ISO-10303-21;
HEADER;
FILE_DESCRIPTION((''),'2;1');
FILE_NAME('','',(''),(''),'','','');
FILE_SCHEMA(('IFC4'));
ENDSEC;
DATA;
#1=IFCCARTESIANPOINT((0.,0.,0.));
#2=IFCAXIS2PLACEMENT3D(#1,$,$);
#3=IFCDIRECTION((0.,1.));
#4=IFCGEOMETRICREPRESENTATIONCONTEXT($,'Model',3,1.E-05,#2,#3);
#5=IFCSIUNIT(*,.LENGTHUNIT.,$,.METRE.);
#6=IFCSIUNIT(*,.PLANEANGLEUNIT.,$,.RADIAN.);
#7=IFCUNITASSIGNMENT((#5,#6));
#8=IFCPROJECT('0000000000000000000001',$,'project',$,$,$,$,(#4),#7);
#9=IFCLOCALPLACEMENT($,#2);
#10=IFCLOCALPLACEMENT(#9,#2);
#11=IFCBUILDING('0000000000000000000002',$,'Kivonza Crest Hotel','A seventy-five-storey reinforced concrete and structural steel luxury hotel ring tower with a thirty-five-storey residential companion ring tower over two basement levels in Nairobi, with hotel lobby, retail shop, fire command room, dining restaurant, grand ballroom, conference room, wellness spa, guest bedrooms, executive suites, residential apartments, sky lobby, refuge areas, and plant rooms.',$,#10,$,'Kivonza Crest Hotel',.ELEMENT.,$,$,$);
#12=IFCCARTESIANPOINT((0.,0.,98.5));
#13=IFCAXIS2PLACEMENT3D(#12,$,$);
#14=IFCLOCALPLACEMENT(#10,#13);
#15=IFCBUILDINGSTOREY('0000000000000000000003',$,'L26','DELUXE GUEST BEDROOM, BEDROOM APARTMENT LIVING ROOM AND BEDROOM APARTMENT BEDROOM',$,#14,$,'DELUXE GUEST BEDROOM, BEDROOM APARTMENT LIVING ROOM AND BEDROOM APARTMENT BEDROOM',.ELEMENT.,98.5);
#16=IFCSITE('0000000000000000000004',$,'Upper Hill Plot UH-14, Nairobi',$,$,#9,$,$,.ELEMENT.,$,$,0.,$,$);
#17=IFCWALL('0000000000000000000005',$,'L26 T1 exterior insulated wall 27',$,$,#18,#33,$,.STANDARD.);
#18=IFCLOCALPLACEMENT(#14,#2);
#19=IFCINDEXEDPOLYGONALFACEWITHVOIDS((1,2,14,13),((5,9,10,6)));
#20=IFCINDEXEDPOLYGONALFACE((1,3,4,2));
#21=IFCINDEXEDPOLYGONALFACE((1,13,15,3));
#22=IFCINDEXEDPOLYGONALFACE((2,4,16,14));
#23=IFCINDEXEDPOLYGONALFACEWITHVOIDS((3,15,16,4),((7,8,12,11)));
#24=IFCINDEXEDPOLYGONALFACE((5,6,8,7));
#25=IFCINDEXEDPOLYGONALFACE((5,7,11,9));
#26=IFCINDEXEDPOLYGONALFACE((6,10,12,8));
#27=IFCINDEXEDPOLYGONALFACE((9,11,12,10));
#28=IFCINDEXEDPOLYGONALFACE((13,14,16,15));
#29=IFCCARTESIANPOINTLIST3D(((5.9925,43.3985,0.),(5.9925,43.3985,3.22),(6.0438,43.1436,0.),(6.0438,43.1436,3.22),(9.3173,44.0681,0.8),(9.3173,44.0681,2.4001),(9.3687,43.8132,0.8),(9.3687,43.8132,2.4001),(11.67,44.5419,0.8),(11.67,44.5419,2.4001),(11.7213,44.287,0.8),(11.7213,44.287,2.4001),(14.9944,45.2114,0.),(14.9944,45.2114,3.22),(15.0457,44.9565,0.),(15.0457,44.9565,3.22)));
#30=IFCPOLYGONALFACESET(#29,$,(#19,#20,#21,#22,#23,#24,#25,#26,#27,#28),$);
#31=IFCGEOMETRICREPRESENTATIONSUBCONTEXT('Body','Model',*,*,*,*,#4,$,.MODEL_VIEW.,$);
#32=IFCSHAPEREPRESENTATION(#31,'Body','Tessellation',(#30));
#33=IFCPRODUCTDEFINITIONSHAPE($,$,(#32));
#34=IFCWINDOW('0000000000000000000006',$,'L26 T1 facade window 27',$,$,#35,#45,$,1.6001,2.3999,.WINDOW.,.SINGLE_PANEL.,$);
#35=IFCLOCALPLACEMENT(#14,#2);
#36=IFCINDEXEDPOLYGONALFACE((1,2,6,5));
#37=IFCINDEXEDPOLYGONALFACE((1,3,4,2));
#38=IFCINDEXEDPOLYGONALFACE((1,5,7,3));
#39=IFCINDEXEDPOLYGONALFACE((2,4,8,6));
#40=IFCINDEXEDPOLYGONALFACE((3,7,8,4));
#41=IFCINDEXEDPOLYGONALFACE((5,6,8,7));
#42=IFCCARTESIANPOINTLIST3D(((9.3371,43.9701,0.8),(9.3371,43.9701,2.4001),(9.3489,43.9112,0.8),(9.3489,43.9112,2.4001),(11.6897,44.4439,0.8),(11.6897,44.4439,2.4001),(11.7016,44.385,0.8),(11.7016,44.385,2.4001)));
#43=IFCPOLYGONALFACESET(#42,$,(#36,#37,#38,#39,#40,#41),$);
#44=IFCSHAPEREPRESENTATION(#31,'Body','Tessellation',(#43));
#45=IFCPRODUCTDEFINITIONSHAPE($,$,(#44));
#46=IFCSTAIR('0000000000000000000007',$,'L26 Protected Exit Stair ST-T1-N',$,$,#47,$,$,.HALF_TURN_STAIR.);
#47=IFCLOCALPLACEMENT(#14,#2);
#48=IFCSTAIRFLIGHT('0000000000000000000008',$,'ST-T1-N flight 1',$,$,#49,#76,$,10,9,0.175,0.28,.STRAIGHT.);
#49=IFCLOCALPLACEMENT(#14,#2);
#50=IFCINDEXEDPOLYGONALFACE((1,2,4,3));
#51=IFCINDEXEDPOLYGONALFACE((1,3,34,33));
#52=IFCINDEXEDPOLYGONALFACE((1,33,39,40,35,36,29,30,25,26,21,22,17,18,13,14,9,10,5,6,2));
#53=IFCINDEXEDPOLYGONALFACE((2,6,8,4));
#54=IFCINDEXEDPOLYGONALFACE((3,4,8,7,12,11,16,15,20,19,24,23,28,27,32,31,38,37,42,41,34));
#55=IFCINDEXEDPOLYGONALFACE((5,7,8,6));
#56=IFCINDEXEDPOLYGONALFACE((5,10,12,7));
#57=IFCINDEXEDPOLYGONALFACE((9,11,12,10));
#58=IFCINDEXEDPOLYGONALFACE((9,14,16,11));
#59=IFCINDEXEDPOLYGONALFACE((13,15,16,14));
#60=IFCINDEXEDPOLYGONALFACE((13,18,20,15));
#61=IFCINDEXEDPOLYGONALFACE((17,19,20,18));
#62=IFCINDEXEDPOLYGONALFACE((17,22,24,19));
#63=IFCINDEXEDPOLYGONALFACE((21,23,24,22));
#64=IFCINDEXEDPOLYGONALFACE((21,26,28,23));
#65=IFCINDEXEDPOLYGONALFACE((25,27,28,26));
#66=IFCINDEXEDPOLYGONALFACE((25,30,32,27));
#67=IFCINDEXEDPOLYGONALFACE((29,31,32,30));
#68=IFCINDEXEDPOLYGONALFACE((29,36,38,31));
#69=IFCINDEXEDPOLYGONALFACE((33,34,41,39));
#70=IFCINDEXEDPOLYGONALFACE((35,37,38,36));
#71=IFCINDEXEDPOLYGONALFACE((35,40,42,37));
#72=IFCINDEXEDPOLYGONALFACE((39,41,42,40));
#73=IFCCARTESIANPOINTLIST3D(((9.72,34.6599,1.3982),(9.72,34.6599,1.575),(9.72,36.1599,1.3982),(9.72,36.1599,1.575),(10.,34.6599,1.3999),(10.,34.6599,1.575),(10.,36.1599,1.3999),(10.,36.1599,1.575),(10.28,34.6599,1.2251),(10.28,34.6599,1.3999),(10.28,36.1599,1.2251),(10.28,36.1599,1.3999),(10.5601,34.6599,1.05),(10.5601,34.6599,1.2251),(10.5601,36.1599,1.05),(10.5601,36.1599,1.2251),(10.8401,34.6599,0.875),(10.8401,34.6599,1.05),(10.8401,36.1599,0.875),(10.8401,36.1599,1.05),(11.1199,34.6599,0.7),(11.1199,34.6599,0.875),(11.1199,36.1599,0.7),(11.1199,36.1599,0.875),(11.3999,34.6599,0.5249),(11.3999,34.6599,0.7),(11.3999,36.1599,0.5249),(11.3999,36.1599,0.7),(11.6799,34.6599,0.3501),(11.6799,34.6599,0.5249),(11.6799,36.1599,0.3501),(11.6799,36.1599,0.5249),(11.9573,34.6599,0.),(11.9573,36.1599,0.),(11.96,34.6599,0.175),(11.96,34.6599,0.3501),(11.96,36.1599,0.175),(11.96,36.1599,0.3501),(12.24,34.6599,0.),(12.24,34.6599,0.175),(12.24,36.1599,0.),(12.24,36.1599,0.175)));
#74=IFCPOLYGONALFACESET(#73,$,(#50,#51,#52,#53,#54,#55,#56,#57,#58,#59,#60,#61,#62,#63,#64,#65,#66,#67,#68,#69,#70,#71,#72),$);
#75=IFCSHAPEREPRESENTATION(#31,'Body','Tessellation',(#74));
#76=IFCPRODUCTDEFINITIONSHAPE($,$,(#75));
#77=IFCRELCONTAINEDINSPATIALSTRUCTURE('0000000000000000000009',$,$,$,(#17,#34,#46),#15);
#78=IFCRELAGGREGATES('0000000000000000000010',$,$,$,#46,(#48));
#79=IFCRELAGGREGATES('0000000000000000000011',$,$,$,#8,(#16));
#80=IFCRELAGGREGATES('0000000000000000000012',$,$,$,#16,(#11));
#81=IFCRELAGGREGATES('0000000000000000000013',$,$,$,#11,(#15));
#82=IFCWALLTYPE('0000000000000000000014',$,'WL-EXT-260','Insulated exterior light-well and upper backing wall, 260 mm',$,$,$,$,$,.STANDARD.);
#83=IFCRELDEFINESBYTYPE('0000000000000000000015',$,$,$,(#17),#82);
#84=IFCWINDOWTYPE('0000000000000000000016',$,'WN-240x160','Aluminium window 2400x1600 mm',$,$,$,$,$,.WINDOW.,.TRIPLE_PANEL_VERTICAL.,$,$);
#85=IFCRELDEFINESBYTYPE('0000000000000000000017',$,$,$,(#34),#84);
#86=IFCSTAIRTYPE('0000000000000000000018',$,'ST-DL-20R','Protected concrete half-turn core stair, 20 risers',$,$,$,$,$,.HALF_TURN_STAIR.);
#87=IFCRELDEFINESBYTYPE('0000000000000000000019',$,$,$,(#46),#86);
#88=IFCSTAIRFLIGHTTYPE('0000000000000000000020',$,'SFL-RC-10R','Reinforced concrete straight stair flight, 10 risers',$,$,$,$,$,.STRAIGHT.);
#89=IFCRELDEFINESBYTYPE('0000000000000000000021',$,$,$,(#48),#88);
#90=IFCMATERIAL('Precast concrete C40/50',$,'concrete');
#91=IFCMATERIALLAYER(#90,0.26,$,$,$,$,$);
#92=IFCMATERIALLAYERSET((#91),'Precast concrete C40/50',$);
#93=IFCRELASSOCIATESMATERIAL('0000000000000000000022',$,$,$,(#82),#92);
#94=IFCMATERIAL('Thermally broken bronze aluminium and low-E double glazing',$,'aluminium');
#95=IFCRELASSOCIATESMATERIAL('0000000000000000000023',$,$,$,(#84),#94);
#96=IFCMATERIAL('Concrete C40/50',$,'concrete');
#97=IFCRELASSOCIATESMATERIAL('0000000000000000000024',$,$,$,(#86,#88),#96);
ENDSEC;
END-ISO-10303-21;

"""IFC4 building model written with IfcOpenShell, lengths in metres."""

from ifc_helpers import new_model, si_unit, direction, frame, frame_2d, origin, place, context, subcontext, project, spatial, polyline, rectangle, outline, extrude, material, layer, layer_set, type_object, element, fill, aggregate, save


model = new_model("IFC4")

# Units and contexts
model_context = context("Model", 3, precision=1e-05, world=origin(), true_north=direction((0.0, 1.0)))
body_context = subcontext(model_context, "Body", "Model", "MODEL_VIEW")
ifc_project = project(units=[si_unit("LENGTHUNIT", "METRE"), si_unit("PLANEANGLEUNIT", "RADIAN")], contexts=[model_context])

# Site, building, storey
site_placement = place(None, origin())
site = spatial("IfcSite", under=ifc_project, at=site_placement, Name="Upper Hill Plot UH-14, Nairobi", CompositionType="ELEMENT", RefElevation=0.0)
building_placement = place(site_placement, origin())
building = spatial("IfcBuilding", under=site, at=building_placement, Name="Kivonza Crest Hotel", Description="A seventy-five-storey reinforced concrete and structural steel luxury hotel ring tower with a thirty-five-storey residential companion ring tower over two basement levels in Nairobi, with hotel lobby, retail shop, fire command room, dining restaurant, grand ballroom, conference room, wellness spa, guest bedrooms, executive suites, residential apartments, sky lobby, refuge areas, and plant rooms.", LongName="Kivonza Crest Hotel", CompositionType="ELEMENT")
storey_placement = place(building_placement, frame((0.0, 0.0, 98.5)))
storey = spatial("IfcBuildingStorey", under=building, at=storey_placement, Name="L26", Description="DELUXE GUEST BEDROOM, BEDROOM APARTMENT LIVING ROOM AND BEDROOM APARTMENT BEDROOM", LongName="DELUXE GUEST BEDROOM, BEDROOM APARTMENT LIVING ROOM AND BEDROOM APARTMENT BEDROOM", CompositionType="ELEMENT", Elevation=98.5)

# Wall, opening, window
ifc_material_1 = material(Name="Precast concrete C40/50", Category="concrete")
ifc_layer_1 = layer(ifc_material_1, 0.26)
ifc_layer_set_1 = layer_set([ifc_layer_1], Name="Precast concrete C40/50")
wall_type_1 = type_object("IfcWallType", Name="WL-EXT-260", Description="Insulated exterior light-well and upper backing wall, 260 mm", PredefinedType="STANDARD", material=ifc_layer_set_1)
wall_1_placement = place(storey_placement, frame((15.02, 45.084, 0.0), z_axis=(0.0, 0.0, 1.0), x_axis=(-0.980316, -0.197435, 0.0)))
wall_1 = element("IfcWall", 1, at=wall_1_placement, inside=storey, type_object=wall_type_1, Name="L26 T1 exterior insulated wall 27", PredefinedType="STANDARD", context=body_context, shape_type="SweptSolid", body=[
    extrude(rectangle(XDim=9.1826, YDim=0.26, at=frame_2d((4.5913, 0.0))), origin(), (0.0, 0.0, 1.0), 3.22),
])
opening_1_placement = place(wall_1_placement, frame((3.3911, 0.0, 0.8)))
opening_1 = element("IfcOpeningElement", 2, at=opening_1_placement, cuts=wall_1, PredefinedType="OPENING", context=body_context, shape_type="SweptSolid", body=[
    extrude(rectangle(XDim=2.3999, YDim=1.6001, at=frame_2d((1.2, 0.8))), frame((0.0, 0.1401, 0.0), z_axis=(0.0, -1.0, 0.0), x_axis=(1.0, 0.0, 0.0)), (0.0, 0.0, 1.0), 0.28),
])
ifc_material_2 = material(Name="Thermally broken bronze aluminium and low-E double glazing", Category="aluminium")
window_type = type_object("IfcWindowType", Name="WN-240x160", Description="Aluminium window 2400x1600 mm", PartitioningType="TRIPLE_PANEL_VERTICAL", PredefinedType="WINDOW", material=ifc_material_2)
window_placement = place(opening_1_placement, origin())
window = element("IfcWindow", 3, at=window_placement, inside=storey, type_object=window_type, Name="L26 T1 facade window 27", OverallHeight=1.6001, OverallWidth=2.3999, PartitioningType="SINGLE_PANEL", PredefinedType="WINDOW", context=body_context, shape_type="SweptSolid", body=[
    extrude(rectangle(XDim=2.3999, YDim=1.6001, at=frame_2d((1.2, 0.8))), frame((0.0, 0.03, 0.0), z_axis=(0.0, -1.0, 0.0), x_axis=(1.0, 0.0, 0.0)), (0.0, 0.0, 1.0), 0.0601),
])
fill(opening_1, window)

# Stair, stair flight
ifc_material_3 = material(Name="Concrete C40/50", Category="concrete")
stair_type = type_object("IfcStairType", Name="ST-DL-20R", Description="Protected concrete half-turn core stair, 20 risers", PredefinedType="HALF_TURN_STAIR", material=ifc_material_3)
stair_placement = place(storey_placement, origin())
stair = element("IfcStair", 4, at=stair_placement, inside=storey, type_object=stair_type, Name="L26 Protected Exit Stair ST-T1-N", PredefinedType="HALF_TURN_STAIR")
stair_flight_type = type_object("IfcStairFlightType", Name="SFL-RC-10R", Description="Reinforced concrete straight stair flight, 10 risers", PredefinedType="STRAIGHT", material=ifc_material_3)
stair_flight_placement = place(storey_placement, frame((12.24, 35.4099, 0.0), z_axis=(0.0, 0.0, 1.0), x_axis=(-1.0, 0.0, 0.0)))
stair_flight = element("IfcStairFlight", 5, at=stair_flight_placement, type_object=stair_flight_type, Name="ST-T1-N flight 1", NumberOfRisers=10, NumberOfTreads=9, PredefinedType="STRAIGHT", RiserHeight=0.175, TreadLength=0.28, context=body_context, shape_type="SweptSolid", body=[
    extrude(outline(polyline([(0.0, 0.0), (0.0, 0.175), (0.28, 0.175), (0.28, 0.3501), (0.5601, 0.3501), (0.5601, 0.5249), (0.8401, 0.5249), (0.8401, 0.7), (1.1201, 0.7), (1.1201, 0.875), (1.3999, 0.875), (1.3999, 1.05), (1.6799, 1.05), (1.6799, 1.2251), (1.96, 1.2251), (1.96, 1.3999), (2.24, 1.3999), (2.24, 1.575), (2.52, 1.575), (2.52, 1.75), (2.52, 1.3982), (0.2827, 0.0), (0.0, 0.0)])), frame((0.0, 0.75, 0.0), z_axis=(0.0, -1.0, 0.0), x_axis=(1.0, 0.0, 0.0)), (0.0, 0.0, 1.0), 1.5),
])
aggregate(stair, [stair_flight])

save(model, "model.ifc")
